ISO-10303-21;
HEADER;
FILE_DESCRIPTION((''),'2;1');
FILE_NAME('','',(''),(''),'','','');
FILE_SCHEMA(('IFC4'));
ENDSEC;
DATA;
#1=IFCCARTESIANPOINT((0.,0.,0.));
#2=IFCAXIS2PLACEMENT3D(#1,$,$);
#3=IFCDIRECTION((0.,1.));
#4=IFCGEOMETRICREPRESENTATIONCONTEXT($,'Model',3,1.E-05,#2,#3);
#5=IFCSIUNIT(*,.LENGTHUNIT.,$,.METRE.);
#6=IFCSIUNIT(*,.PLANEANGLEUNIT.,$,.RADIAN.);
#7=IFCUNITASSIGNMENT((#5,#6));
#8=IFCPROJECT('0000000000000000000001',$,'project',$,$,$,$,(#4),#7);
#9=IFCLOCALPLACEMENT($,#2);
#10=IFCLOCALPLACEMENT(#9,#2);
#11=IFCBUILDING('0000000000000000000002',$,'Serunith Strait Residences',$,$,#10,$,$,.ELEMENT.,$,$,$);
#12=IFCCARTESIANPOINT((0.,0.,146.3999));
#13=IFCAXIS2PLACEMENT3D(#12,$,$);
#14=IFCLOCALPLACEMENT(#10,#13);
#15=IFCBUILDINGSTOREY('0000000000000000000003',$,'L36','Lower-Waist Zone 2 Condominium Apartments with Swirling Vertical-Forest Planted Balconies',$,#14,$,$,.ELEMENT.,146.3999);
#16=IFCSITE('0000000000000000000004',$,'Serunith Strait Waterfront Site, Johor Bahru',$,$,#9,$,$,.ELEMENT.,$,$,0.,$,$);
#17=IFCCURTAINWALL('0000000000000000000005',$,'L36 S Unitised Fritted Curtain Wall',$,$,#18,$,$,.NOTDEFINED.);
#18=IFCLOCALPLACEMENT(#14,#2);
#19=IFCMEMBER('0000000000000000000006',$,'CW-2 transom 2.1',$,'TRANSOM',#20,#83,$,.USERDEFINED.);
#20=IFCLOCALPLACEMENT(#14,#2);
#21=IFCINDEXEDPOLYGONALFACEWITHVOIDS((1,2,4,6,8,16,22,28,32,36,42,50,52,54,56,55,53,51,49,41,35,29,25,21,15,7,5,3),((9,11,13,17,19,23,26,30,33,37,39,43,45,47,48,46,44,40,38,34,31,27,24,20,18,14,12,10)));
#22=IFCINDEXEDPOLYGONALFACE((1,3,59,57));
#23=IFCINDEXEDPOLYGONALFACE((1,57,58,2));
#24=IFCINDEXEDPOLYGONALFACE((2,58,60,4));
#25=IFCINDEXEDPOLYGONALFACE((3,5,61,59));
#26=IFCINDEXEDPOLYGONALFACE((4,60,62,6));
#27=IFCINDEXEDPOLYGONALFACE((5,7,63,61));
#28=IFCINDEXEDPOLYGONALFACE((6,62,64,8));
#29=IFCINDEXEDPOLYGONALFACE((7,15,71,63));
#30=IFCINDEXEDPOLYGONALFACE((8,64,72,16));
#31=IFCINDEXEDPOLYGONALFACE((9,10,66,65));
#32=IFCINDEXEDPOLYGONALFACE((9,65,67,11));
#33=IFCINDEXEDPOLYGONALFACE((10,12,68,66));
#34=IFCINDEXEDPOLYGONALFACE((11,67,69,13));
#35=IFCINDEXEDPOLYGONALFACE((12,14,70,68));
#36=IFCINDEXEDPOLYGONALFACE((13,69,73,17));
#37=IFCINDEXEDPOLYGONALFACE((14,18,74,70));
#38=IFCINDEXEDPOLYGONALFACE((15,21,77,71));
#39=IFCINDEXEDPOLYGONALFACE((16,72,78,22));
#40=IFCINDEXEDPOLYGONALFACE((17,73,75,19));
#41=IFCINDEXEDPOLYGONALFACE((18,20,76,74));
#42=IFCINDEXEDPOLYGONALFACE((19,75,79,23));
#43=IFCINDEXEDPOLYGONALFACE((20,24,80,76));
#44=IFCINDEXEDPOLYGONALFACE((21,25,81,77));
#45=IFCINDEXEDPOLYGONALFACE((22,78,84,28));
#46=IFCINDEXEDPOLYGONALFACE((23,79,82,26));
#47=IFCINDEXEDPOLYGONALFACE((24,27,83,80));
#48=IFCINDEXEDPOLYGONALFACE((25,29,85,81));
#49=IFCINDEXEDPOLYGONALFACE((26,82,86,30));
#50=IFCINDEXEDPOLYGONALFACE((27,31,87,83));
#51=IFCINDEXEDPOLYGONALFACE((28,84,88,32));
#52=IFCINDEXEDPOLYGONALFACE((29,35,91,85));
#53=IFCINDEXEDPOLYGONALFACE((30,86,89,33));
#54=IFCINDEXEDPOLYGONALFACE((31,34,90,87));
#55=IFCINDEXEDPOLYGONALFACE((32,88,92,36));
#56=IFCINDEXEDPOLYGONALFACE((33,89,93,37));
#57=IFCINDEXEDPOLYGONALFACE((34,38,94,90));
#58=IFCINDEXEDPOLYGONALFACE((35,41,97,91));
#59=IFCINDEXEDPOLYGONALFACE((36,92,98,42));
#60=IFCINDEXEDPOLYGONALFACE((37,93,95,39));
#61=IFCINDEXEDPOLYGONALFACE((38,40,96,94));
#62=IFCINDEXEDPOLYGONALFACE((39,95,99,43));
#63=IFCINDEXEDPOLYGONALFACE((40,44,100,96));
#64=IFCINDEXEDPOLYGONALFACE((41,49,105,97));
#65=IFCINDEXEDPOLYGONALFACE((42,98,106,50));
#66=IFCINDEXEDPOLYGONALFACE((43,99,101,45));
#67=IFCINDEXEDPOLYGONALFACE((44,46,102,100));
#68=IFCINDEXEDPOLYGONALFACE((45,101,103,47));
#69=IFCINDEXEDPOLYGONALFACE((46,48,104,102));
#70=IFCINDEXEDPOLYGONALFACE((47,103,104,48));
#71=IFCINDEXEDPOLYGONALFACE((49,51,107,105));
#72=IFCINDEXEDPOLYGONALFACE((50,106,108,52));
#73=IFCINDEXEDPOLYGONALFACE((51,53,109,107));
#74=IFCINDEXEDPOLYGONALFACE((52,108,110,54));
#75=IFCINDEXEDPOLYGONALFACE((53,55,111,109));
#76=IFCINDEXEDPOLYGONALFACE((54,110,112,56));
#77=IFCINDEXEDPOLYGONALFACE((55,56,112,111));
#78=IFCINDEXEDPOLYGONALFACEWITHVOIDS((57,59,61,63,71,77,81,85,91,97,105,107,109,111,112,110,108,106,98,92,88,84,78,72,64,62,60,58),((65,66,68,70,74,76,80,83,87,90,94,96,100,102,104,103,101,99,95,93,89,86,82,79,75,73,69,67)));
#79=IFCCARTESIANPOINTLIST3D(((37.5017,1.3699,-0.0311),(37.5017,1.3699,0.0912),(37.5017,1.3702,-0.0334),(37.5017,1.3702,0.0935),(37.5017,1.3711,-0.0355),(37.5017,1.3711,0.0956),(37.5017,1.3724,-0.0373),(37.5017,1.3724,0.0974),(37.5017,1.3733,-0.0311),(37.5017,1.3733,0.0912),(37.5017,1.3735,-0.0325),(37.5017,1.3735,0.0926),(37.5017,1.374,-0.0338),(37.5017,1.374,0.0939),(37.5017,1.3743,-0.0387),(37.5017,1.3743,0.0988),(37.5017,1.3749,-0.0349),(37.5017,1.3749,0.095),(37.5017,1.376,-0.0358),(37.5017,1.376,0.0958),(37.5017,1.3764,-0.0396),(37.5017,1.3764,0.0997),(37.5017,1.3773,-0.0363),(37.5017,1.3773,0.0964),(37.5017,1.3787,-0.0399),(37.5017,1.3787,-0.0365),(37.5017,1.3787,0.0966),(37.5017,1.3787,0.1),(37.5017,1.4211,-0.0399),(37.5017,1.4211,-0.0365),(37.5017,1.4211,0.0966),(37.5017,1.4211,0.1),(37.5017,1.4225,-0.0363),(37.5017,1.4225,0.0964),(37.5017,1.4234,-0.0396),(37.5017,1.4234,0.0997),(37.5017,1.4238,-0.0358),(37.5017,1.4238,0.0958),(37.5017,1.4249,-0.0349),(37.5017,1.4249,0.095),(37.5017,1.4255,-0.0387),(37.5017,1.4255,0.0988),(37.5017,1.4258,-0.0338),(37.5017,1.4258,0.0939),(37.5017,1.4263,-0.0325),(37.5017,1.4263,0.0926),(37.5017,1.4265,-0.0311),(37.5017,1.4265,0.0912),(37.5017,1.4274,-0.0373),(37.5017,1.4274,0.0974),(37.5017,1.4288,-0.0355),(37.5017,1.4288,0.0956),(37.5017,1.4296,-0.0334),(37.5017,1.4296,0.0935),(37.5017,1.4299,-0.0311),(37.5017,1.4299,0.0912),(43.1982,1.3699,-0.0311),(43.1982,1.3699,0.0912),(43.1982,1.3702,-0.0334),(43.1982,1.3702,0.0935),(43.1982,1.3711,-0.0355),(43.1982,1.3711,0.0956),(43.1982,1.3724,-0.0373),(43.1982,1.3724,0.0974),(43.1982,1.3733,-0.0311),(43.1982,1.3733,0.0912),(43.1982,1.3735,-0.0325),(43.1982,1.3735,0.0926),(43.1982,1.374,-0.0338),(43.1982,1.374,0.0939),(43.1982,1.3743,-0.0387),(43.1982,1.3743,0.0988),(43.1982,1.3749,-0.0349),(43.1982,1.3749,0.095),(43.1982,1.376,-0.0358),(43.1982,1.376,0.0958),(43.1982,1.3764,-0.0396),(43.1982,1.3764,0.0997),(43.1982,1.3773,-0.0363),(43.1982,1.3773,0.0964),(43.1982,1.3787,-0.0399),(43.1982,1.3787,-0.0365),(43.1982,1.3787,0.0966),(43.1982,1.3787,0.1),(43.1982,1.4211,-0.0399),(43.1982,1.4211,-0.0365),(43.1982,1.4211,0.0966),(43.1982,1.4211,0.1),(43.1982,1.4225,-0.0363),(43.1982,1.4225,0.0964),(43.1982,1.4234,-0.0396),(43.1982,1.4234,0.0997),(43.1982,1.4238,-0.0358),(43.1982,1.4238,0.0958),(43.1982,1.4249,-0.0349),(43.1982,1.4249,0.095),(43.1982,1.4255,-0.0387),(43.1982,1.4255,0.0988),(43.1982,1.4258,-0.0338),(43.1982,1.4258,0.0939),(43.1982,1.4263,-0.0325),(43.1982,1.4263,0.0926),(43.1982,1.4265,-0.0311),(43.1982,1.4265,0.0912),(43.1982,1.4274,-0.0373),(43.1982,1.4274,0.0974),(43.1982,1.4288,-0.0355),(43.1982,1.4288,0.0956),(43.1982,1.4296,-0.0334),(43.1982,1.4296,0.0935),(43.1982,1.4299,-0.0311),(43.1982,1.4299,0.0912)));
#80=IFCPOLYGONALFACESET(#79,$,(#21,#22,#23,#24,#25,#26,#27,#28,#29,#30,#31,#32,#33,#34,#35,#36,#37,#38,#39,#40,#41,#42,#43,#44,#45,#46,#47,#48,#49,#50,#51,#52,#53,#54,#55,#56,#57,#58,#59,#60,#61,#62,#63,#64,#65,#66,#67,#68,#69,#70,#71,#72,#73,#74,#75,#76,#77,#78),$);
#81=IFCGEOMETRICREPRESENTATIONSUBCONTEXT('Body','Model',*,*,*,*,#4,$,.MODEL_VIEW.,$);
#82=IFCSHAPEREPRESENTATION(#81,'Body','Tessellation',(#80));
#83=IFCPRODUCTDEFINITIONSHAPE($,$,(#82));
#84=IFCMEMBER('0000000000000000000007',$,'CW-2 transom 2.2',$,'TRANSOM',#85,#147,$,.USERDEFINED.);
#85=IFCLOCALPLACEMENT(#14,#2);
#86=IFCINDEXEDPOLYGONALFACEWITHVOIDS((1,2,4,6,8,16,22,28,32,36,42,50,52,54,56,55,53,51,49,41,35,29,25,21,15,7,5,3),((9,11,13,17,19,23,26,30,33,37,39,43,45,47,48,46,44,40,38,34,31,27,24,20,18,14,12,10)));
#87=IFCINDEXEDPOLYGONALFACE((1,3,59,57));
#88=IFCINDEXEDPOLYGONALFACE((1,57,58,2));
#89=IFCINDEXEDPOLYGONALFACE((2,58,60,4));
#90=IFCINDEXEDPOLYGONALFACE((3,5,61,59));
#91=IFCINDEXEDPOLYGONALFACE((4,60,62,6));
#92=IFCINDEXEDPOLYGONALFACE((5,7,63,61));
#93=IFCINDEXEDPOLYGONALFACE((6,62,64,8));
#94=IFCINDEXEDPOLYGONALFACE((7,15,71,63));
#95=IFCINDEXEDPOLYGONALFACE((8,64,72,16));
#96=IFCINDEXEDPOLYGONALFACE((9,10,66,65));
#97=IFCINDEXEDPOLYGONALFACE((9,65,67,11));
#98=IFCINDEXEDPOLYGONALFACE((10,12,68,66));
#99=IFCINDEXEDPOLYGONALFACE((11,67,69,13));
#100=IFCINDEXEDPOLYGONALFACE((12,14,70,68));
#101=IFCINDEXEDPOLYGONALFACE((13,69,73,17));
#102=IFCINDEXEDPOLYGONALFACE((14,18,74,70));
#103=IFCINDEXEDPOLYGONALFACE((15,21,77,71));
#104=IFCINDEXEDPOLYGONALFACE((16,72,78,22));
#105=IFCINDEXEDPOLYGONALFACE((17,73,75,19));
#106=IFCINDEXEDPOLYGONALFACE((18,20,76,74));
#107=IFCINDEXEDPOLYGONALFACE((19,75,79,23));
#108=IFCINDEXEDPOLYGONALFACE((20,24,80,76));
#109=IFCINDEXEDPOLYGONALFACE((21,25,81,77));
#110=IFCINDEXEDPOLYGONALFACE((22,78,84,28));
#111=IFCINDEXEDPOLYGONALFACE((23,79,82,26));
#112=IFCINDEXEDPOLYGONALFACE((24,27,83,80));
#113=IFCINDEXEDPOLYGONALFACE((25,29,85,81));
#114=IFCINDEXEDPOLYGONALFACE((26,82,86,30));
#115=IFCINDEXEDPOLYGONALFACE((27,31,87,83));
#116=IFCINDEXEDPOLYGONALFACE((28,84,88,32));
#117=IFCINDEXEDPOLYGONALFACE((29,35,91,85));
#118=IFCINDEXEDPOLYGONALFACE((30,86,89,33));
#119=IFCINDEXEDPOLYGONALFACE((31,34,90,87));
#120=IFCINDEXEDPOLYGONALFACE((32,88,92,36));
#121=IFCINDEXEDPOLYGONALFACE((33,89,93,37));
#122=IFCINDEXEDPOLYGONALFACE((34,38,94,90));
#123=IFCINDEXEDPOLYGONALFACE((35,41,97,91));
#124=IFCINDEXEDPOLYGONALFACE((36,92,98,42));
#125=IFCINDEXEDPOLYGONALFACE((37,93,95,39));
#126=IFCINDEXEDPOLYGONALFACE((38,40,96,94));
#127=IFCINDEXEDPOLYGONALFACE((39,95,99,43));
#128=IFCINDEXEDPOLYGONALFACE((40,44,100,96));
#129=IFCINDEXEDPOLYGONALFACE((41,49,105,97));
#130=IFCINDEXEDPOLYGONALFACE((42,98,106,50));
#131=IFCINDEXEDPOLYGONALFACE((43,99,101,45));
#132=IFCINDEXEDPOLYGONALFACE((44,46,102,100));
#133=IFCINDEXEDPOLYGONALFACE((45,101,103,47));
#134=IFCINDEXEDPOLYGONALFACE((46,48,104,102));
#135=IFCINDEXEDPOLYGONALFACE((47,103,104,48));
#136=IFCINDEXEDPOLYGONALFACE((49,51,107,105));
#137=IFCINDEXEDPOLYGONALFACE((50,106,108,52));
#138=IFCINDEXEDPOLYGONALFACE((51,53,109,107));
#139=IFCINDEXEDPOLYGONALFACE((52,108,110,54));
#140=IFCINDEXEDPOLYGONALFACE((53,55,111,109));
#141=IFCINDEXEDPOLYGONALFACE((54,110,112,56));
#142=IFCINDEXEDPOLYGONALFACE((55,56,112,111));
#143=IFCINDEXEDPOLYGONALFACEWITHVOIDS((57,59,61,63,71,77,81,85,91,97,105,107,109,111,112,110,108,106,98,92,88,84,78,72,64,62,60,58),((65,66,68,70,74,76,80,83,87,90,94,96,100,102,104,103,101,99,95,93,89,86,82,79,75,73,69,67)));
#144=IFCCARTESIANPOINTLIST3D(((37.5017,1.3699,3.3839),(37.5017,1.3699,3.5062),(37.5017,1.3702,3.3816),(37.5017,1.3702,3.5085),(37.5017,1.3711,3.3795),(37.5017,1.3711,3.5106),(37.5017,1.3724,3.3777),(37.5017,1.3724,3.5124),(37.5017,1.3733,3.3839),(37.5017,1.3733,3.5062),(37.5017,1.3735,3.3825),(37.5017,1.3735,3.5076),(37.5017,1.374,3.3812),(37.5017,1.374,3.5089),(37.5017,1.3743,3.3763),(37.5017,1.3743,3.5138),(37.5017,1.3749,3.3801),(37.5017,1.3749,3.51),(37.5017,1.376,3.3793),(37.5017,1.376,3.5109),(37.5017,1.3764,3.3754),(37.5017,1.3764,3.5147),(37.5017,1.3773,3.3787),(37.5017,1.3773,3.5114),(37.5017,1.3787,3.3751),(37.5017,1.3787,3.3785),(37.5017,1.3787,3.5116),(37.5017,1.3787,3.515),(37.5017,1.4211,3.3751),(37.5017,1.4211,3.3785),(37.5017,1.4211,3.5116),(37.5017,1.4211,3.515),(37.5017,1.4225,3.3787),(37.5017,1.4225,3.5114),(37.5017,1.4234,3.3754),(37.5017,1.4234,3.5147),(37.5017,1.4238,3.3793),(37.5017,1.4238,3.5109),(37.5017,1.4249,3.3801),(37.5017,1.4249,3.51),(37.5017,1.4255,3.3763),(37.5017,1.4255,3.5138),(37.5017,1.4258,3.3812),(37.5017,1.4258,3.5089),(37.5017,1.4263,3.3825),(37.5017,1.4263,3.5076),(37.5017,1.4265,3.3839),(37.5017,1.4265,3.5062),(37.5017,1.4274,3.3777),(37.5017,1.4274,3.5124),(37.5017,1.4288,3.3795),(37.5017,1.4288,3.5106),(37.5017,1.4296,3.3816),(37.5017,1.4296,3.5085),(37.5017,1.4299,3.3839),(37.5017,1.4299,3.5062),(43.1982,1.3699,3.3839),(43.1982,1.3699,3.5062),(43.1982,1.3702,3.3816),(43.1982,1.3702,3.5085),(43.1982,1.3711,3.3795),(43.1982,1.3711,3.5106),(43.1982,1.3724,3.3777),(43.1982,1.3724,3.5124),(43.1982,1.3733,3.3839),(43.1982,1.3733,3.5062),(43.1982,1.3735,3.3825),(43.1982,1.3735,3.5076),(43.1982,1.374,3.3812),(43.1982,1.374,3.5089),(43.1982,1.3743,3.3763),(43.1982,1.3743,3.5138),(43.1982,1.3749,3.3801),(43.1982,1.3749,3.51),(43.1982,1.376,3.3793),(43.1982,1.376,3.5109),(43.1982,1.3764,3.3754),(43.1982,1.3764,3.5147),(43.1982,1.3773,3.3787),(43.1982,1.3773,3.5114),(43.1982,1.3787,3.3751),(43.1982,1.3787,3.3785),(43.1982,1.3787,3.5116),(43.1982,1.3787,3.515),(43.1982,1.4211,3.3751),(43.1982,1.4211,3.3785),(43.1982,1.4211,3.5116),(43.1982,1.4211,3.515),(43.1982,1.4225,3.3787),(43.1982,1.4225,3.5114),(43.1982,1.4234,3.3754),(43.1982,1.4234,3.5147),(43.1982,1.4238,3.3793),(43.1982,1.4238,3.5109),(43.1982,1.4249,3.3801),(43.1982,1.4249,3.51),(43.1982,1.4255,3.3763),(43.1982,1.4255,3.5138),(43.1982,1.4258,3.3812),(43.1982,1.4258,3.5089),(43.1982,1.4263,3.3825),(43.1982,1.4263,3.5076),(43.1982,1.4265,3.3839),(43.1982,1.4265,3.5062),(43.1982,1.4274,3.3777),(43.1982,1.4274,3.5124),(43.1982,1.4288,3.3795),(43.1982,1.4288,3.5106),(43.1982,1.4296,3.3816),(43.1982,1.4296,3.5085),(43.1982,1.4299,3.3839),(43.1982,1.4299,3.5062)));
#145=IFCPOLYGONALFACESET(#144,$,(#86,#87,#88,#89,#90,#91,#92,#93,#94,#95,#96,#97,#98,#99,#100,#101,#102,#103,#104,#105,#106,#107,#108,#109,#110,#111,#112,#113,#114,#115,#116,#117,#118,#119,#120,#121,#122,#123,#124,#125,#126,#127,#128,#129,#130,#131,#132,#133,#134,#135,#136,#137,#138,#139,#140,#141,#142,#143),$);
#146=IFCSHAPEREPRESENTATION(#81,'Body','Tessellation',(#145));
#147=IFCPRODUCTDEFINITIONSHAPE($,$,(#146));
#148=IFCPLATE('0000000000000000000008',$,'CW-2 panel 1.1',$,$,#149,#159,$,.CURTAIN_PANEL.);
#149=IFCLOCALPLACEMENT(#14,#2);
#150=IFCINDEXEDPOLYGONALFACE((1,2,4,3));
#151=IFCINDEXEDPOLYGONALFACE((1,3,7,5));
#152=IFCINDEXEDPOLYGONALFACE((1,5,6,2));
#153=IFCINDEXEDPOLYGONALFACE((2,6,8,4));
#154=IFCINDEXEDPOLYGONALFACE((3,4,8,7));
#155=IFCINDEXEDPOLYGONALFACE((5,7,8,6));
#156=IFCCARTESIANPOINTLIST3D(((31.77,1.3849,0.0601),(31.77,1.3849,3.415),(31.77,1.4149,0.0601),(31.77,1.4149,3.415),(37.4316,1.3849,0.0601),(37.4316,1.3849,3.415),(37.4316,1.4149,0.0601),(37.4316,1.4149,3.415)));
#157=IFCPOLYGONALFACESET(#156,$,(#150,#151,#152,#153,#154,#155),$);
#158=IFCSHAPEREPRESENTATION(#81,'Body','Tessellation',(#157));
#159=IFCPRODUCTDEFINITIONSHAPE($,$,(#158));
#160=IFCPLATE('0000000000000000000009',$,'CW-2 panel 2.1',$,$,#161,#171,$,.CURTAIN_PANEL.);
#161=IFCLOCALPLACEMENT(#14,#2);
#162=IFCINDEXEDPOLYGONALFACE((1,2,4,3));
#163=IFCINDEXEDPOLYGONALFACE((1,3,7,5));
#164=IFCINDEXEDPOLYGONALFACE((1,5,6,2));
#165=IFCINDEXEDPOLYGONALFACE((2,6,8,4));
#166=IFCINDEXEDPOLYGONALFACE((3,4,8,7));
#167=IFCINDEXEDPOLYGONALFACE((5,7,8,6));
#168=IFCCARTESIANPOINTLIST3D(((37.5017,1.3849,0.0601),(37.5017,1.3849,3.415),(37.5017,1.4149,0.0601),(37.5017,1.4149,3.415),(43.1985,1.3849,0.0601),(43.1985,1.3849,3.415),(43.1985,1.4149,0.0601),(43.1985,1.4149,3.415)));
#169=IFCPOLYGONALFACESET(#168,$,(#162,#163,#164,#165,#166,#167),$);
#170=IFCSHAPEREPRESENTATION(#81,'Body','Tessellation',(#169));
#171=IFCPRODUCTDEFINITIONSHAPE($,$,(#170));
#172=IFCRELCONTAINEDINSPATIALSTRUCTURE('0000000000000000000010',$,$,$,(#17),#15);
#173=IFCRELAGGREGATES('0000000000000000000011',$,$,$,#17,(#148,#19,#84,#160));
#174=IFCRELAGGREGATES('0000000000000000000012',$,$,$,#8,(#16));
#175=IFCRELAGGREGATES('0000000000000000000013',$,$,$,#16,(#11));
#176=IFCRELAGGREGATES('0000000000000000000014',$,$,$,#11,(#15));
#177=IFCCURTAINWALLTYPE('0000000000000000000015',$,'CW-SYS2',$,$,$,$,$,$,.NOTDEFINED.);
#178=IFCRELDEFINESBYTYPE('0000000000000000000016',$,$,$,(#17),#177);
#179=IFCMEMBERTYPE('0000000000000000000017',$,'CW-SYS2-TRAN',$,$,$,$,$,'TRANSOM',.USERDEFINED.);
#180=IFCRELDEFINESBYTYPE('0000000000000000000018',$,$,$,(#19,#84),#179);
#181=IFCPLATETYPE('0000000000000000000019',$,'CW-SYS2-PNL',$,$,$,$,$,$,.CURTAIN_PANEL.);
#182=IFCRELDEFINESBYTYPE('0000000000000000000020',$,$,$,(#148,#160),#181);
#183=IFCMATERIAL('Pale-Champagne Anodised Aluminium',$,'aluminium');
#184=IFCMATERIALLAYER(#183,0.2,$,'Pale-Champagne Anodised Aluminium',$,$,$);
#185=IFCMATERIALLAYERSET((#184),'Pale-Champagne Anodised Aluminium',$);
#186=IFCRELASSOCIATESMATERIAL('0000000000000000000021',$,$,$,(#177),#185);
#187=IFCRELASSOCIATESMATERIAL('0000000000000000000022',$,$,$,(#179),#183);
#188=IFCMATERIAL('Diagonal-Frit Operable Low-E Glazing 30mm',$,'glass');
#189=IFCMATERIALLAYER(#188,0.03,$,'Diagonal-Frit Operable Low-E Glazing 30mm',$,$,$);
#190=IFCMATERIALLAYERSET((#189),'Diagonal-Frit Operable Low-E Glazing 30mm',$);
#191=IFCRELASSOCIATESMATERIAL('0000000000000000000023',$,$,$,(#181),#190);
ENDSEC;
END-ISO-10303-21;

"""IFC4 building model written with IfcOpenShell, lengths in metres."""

from ifc_helpers import new_model, si_unit, direction, frame, origin, origin_2d, place, context, subcontext, project, spatial, rectangle, hollow_rectangle, extrude, source, transform, mapped, material, layer, layer_set, material_profile, profile_set, type_object, element, aggregate, save


model = new_model("IFC4")

# Units and contexts
model_context = context("Model", 3, precision=1e-05, world=origin(), true_north=direction((0.0, 1.0)))
body_context = subcontext(model_context, "Body", "Model", "MODEL_VIEW")
ifc_project = project(units=[si_unit("LENGTHUNIT", "METRE"), si_unit("PLANEANGLEUNIT", "RADIAN")], contexts=[model_context])

# Site, building, storey
site_placement = place(None, origin())
site = spatial("IfcSite", under=ifc_project, at=site_placement, Name="Serunith Strait Waterfront Site, Johor Bahru", CompositionType="ELEMENT", RefElevation=0.0)
building_placement = place(site_placement, origin())
building = spatial("IfcBuilding", under=site, at=building_placement, Name="Serunith Strait Residences", CompositionType="ELEMENT")
storey_placement = place(building_placement, frame((0.0, 0.0, 146.3999)))
storey = spatial("IfcBuildingStorey", under=building, at=storey_placement, Name="L36", Description="Lower-Waist Zone 2 Condominium Apartments with Swirling Vertical-Forest Planted Balconies", CompositionType="ELEMENT", Elevation=146.3999)

# Curtain wall, members, plates
ifc_material_1 = material(Name="Pale-Champagne Anodised Aluminium", Category="aluminium")
ifc_layer_1 = layer(ifc_material_1, 0.2, Name="Pale-Champagne Anodised Aluminium")
ifc_layer_set_1 = layer_set([ifc_layer_1], Name="Pale-Champagne Anodised Aluminium")
curtain_wall_type = type_object("IfcCurtainWallType", Name="CW-SYS2", PredefinedType="NOTDEFINED", material=ifc_layer_set_1)
curtain_wall_placement = place(storey_placement, origin())
curtain_wall = element("IfcCurtainWall", 1, at=curtain_wall_placement, inside=storey, type_object=curtain_wall_type, Name="L36 S Unitised Fritted Curtain Wall", PredefinedType="NOTDEFINED")
ifc_material_profile_1 = material_profile(ifc_material_1, hollow_rectangle(XDim=0.0601, YDim=0.1399, WallThickness=0.0034, InnerFilletRadius=0.0054, OuterFilletRadius=0.0088, at=origin_2d()), Name="ALU 140x60x3.5")
ifc_profile_set_1 = profile_set([ifc_material_profile_1], Name="Pale-Champagne Anodised Aluminium")
member_type_1 = type_object("IfcMemberType", Name="CW-SYS2-TRAN", ElementType="TRANSOM", PredefinedType="USERDEFINED", material=ifc_profile_set_1)
shared_shape_1 = source(origin(), body_context, "Body", "SweptSolid", [
    extrude(hollow_rectangle(XDim=0.0601, YDim=0.1399, WallThickness=0.0034, InnerFilletRadius=0.0054, OuterFilletRadius=0.0088, at=origin_2d()), origin(), (0.0, 0.0, 1.0), 5.6965),
])
member_1_placement = place(storey_placement, frame((37.5017, 1.3999, 0.03), z_axis=(1.0, 0.0, 0.0), x_axis=(0.0, 1.0, 0.0)))
member_1 = element("IfcMember", 2, at=member_1_placement, type_object=member_type_1, Name="CW-2 transom 2.1", ObjectType="TRANSOM", PredefinedType="USERDEFINED", context=body_context, shape_type="MappedRepresentation", body=[
    mapped(shared_shape_1, transform((0.0, 0.0, 0.0), scale=1.0)),
])
member_2_placement = place(storey_placement, frame((37.5017, 1.3999, 3.4451), z_axis=(1.0, 0.0, 0.0), x_axis=(0.0, 1.0, 0.0)))
member_2 = element("IfcMember", 3, at=member_2_placement, type_object=member_type_1, Name="CW-2 transom 2.2", ObjectType="TRANSOM", PredefinedType="USERDEFINED", context=body_context, shape_type="MappedRepresentation", body=[
    mapped(shared_shape_1, transform((0.0, 0.0, 0.0), scale=1.0)),
])
ifc_material_2 = material(Name="Diagonal-Frit Operable Low-E Glazing 30mm", Category="glass")
ifc_layer_2 = layer(ifc_material_2, 0.03, Name="Diagonal-Frit Operable Low-E Glazing 30mm")
ifc_layer_set_2 = layer_set([ifc_layer_2], Name="Diagonal-Frit Operable Low-E Glazing 30mm")
plate_type = type_object("IfcPlateType", Name="CW-SYS2-PNL", PredefinedType="CURTAIN_PANEL", material=ifc_layer_set_2)
shared_shape_2 = source(origin(), body_context, "Body", "SweptSolid", [
    extrude(rectangle(XDim=5.6616, YDim=0.03, at=origin_2d()), origin(), (0.0, 0.0, 1.0), 3.355),
])
plate_1_placement = place(storey_placement, frame((34.6008, 1.3999, 0.0601), z_axis=(0.0, 0.0, 1.0), x_axis=(1.0, 0.0, 0.0)))
plate_1 = element("IfcPlate", 4, at=plate_1_placement, type_object=plate_type, Name="CW-2 panel 1.1", PredefinedType="CURTAIN_PANEL", context=body_context, shape_type="MappedRepresentation", body=[
    mapped(shared_shape_2, transform((0.0, 0.0, 0.0), scale=1.0)),
])
shared_shape_3 = source(origin(), body_context, "Body", "SweptSolid", [
    extrude(rectangle(XDim=5.6968, YDim=0.03, at=origin_2d()), origin(), (0.0, 0.0, 1.0), 3.355),
])
plate_2_placement = place(storey_placement, frame((40.3501, 1.3999, 0.0601), z_axis=(0.0, 0.0, 1.0), x_axis=(1.0, 0.0, 0.0)))
plate_2 = element("IfcPlate", 5, at=plate_2_placement, type_object=plate_type, Name="CW-2 panel 2.1", PredefinedType="CURTAIN_PANEL", context=body_context, shape_type="MappedRepresentation", body=[
    mapped(shared_shape_3, transform((0.0, 0.0, 0.0), scale=1.0)),
])
aggregate(curtain_wall, [plate_1, member_1, member_2, plate_2])

save(model, "model.ifc")
